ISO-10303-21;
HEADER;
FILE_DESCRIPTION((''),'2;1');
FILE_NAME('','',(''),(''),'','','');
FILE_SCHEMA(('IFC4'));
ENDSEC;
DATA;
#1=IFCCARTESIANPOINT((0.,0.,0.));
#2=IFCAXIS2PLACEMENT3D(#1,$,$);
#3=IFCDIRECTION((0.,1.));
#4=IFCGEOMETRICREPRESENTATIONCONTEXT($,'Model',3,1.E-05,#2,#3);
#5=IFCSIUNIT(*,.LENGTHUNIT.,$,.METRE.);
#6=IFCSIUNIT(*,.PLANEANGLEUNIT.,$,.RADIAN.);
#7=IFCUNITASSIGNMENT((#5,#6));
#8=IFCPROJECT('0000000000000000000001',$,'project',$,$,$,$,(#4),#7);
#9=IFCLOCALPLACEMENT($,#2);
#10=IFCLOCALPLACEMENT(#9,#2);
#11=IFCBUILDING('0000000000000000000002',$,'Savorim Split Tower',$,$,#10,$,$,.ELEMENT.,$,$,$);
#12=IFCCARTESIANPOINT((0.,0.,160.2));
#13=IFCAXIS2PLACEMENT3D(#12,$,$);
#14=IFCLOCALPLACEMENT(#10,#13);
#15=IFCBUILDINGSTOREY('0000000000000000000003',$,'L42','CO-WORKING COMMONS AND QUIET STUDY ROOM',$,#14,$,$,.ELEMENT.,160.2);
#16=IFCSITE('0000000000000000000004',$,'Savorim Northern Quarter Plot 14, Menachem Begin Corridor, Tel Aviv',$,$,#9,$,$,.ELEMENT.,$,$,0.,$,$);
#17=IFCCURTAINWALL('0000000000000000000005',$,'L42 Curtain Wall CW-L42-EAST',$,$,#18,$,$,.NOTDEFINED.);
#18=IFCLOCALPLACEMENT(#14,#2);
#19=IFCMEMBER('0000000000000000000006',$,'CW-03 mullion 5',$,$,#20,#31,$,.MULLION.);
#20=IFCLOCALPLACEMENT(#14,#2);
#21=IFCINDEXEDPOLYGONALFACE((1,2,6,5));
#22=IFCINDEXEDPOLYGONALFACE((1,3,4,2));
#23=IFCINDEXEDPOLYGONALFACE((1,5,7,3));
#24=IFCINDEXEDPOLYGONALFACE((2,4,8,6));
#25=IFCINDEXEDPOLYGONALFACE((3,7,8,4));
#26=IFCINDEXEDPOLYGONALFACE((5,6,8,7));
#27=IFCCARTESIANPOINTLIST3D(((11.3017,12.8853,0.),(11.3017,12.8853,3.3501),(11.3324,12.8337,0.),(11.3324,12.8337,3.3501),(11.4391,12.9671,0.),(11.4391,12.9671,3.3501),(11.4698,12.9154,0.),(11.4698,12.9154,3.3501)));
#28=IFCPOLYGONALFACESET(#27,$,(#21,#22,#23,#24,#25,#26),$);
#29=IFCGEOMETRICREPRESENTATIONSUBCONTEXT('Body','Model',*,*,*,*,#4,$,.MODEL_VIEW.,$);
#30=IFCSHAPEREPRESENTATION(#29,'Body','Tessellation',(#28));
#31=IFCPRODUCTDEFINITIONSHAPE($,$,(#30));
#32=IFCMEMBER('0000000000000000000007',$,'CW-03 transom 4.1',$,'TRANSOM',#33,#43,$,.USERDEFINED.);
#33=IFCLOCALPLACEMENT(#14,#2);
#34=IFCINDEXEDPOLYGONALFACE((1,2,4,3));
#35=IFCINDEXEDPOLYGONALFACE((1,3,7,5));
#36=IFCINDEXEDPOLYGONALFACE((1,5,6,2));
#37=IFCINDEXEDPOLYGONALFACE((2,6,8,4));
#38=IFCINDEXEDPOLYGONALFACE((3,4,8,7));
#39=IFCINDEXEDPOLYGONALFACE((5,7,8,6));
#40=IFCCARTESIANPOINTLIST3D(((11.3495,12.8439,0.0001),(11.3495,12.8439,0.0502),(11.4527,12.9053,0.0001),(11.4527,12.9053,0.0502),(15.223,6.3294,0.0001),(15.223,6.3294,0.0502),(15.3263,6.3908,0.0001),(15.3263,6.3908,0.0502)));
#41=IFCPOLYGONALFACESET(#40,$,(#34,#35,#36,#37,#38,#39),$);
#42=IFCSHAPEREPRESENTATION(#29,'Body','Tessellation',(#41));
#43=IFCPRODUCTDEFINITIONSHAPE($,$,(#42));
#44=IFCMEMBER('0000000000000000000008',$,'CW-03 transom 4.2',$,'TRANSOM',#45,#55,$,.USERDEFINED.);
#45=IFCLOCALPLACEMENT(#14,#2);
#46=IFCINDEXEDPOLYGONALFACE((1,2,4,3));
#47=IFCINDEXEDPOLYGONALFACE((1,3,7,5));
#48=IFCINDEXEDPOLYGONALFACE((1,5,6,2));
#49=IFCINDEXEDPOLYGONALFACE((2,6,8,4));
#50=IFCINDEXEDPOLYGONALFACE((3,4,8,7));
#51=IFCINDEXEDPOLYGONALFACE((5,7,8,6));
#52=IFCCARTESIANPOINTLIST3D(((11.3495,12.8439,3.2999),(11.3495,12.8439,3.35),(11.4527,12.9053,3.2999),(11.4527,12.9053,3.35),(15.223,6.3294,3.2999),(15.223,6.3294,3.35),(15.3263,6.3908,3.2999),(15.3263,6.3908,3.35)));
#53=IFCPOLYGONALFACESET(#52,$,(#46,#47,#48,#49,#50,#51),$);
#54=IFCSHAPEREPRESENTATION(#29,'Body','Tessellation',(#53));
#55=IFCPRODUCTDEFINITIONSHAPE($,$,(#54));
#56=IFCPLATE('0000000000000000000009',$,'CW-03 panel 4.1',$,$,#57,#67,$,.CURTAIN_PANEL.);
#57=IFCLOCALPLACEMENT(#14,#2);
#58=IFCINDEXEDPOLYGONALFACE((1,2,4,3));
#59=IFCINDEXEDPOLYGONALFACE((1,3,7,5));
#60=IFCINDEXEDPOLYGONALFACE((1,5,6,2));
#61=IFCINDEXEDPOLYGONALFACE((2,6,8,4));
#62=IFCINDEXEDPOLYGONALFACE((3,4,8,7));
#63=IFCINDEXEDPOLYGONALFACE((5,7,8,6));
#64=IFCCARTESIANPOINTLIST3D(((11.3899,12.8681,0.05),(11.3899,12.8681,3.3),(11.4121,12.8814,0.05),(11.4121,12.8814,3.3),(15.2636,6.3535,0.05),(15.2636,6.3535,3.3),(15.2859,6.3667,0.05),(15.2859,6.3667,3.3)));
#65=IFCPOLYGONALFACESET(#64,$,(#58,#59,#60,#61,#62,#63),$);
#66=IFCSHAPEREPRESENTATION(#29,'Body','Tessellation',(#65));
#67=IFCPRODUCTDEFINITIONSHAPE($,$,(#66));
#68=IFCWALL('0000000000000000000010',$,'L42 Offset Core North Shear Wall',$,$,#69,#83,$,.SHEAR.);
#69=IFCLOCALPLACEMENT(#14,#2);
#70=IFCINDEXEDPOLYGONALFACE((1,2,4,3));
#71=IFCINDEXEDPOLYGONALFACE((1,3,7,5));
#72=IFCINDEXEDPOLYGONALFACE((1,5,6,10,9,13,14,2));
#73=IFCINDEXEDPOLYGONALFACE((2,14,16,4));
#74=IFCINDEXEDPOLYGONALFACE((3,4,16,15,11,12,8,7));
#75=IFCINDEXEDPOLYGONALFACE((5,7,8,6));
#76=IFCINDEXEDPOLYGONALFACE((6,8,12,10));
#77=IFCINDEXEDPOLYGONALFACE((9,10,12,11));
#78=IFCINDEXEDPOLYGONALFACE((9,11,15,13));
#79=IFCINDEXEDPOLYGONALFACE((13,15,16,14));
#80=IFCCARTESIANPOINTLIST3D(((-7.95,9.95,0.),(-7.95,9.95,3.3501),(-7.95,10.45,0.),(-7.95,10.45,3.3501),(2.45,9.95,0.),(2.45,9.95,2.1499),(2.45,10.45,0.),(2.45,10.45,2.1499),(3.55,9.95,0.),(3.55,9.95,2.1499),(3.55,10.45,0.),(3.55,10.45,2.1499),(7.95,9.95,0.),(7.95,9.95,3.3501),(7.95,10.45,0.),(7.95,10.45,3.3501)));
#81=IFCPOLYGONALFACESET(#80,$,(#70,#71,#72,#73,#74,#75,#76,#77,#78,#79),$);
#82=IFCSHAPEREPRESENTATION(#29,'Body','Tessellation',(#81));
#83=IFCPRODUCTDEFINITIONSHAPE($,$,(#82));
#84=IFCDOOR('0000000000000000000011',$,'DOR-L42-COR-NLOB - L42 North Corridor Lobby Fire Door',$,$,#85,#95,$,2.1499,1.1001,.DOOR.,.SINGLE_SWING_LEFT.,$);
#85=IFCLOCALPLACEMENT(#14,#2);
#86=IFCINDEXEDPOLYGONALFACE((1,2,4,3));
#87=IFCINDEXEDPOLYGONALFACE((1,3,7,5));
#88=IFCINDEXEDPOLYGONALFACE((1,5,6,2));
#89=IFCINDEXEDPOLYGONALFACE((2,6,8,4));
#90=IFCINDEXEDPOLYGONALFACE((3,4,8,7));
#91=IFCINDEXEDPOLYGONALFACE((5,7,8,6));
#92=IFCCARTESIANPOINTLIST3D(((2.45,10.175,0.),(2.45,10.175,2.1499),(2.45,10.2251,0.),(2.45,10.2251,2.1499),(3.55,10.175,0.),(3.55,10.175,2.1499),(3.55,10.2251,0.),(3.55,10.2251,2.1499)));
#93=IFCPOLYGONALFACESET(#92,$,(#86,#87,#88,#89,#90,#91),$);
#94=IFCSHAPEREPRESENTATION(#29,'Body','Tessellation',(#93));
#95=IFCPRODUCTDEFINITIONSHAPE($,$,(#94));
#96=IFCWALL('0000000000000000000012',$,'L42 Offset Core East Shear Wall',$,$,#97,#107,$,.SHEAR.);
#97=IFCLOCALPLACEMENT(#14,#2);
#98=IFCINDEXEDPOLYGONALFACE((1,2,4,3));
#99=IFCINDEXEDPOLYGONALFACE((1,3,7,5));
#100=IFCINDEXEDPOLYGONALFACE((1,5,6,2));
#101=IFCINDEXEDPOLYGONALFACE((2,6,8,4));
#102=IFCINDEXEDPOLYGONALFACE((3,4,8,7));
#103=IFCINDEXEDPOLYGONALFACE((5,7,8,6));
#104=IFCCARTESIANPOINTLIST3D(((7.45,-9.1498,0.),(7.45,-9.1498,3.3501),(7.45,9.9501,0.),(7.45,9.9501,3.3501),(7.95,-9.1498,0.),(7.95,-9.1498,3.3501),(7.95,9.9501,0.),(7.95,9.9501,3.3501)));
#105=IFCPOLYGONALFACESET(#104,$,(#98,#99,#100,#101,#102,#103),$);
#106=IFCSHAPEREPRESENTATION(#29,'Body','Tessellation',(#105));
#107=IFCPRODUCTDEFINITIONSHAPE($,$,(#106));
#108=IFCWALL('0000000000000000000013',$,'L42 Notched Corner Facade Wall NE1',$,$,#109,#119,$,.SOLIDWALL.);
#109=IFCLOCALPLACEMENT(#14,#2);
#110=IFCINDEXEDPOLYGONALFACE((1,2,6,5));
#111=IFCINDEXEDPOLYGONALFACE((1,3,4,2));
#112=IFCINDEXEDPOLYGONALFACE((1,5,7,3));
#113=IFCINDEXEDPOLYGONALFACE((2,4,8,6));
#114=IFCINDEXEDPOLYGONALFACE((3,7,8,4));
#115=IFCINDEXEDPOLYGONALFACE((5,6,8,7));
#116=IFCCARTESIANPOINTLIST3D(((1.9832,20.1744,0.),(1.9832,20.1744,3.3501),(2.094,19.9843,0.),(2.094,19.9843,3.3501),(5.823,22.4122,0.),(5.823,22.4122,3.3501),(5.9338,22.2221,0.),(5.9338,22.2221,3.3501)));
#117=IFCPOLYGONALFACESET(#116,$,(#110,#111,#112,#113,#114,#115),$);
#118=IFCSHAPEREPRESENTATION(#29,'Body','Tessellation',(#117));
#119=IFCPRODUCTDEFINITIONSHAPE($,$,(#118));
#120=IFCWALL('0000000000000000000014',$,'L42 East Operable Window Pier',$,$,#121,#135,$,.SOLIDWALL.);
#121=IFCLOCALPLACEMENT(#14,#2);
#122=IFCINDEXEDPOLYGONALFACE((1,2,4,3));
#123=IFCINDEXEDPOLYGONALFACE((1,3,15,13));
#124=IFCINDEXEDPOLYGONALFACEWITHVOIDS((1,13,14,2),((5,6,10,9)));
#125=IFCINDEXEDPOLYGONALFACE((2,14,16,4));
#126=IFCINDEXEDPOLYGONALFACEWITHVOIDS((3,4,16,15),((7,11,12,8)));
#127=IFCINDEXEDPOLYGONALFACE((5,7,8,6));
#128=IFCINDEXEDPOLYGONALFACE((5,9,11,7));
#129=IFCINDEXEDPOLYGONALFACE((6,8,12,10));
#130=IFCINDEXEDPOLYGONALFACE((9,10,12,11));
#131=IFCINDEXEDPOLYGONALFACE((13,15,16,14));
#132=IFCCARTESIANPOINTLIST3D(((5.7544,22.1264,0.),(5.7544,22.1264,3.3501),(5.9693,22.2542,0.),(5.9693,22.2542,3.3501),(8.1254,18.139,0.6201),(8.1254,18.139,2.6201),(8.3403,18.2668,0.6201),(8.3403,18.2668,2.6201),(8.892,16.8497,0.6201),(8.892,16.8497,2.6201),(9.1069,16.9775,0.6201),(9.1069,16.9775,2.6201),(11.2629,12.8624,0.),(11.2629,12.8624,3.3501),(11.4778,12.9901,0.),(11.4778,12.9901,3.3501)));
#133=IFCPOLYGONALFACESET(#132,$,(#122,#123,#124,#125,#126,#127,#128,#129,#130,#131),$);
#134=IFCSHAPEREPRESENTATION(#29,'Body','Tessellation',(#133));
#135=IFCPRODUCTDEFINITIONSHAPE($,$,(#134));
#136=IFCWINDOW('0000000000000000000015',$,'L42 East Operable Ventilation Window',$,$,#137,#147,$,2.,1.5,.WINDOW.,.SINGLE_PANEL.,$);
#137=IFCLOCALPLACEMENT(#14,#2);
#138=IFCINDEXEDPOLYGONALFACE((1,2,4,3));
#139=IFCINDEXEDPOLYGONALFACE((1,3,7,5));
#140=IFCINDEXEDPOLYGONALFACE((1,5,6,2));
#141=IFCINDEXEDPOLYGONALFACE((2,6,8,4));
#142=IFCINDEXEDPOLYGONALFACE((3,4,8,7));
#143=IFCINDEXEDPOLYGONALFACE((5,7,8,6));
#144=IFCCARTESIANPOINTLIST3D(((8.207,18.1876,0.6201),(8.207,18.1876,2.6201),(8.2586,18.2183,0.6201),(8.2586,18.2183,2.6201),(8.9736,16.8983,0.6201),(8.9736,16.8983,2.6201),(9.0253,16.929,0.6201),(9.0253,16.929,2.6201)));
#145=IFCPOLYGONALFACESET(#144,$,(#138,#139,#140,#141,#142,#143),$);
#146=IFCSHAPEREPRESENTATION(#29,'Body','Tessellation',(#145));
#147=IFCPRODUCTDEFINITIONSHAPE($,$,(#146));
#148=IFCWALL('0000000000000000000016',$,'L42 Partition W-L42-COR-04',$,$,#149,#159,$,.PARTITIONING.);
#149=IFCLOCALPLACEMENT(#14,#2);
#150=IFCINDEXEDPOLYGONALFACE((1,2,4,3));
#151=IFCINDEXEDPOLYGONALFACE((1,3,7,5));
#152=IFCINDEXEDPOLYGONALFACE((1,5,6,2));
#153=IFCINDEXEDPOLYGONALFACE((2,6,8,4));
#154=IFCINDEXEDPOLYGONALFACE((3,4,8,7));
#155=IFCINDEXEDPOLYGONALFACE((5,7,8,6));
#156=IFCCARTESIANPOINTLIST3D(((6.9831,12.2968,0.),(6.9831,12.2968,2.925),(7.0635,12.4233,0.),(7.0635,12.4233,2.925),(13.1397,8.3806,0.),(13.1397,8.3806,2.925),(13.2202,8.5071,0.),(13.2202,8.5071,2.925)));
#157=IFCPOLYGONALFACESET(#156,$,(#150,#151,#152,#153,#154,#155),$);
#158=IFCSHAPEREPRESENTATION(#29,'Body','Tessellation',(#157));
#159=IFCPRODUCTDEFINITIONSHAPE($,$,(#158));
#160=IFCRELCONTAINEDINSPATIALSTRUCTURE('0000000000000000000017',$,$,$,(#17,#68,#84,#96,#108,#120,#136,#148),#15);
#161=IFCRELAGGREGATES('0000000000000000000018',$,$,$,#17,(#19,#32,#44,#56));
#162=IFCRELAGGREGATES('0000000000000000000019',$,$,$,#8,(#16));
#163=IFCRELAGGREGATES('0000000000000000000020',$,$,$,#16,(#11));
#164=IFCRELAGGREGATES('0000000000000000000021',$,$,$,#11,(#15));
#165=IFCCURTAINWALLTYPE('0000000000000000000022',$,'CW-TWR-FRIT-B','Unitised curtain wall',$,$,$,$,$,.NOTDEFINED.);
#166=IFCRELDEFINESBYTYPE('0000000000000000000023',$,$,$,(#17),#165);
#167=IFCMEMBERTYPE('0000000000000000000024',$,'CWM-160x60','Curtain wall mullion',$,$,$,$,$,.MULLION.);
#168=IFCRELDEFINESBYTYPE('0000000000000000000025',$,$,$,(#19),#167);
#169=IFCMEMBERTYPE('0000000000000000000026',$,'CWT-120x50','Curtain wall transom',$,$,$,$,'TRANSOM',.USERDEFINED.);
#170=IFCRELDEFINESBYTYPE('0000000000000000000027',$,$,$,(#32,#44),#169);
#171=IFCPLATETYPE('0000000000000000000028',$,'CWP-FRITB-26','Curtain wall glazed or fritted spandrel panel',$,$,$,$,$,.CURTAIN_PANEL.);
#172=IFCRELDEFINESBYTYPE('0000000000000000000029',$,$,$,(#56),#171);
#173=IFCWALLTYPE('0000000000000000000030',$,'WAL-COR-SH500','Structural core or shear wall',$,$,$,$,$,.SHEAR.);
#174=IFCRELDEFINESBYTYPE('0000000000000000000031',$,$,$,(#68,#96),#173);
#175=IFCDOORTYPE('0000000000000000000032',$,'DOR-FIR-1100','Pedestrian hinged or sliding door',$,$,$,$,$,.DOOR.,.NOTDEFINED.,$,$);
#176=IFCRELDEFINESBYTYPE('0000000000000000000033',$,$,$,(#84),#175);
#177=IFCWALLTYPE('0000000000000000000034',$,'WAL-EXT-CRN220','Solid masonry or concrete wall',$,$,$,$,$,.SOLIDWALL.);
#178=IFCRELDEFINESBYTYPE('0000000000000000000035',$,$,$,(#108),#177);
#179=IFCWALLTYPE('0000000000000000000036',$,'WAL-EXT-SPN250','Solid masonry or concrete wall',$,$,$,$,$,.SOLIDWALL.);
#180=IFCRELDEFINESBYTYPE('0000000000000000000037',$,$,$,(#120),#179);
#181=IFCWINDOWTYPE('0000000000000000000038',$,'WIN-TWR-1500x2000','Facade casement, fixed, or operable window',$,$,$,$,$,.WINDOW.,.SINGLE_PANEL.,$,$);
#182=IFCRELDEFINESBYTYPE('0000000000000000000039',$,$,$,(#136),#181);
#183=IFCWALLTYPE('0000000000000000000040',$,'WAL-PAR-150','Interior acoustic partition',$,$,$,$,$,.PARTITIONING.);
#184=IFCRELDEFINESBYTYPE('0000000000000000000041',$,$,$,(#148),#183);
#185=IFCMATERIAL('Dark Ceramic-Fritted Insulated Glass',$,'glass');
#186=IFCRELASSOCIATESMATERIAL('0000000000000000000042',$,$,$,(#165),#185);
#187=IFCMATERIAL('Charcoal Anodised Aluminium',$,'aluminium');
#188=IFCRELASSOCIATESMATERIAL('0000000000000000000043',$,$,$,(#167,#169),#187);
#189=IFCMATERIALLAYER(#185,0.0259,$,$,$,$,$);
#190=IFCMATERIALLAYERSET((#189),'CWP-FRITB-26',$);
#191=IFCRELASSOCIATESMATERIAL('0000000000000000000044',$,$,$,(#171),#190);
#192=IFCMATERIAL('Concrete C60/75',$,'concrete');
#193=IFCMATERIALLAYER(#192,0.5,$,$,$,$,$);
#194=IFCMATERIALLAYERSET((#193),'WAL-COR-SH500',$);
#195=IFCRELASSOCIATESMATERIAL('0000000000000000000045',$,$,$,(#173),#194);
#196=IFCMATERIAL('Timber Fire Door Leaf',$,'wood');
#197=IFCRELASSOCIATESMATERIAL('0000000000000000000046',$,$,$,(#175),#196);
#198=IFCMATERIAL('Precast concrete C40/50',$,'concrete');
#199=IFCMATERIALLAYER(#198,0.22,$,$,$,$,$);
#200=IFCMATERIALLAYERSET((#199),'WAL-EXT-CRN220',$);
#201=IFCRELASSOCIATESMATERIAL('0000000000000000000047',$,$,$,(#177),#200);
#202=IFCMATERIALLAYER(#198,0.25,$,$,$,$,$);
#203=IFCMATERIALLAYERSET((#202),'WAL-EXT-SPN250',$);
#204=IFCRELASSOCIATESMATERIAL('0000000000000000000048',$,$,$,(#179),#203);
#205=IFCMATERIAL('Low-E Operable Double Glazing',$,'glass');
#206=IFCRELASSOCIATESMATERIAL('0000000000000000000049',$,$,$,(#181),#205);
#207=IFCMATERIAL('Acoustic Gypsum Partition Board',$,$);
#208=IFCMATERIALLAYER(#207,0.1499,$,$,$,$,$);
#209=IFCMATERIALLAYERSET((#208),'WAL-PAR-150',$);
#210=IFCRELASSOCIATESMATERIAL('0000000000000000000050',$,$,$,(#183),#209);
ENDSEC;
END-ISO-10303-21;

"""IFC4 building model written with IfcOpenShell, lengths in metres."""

from ifc_helpers import new_model, si_unit, direction, frame, frame_2d, origin, origin_2d, place, context, subcontext, project, spatial, rectangle, extrude, material, layer, layer_set, material_profile, profile_set, type_object, element, fill, aggregate, save


model = new_model("IFC4")

# Units and contexts
model_context = context("Model", 3, precision=1e-05, world=origin(), true_north=direction((0.0, 1.0)))
body_context = subcontext(model_context, "Body", "Model", "MODEL_VIEW")
ifc_project = project(units=[si_unit("LENGTHUNIT", "METRE"), si_unit("PLANEANGLEUNIT", "RADIAN")], contexts=[model_context])

# Site, building, storey
site_placement = place(None, origin())
site = spatial("IfcSite", under=ifc_project, at=site_placement, Name="Savorim Northern Quarter Plot 14, Menachem Begin Corridor, Tel Aviv", CompositionType="ELEMENT", RefElevation=0.0)
building_placement = place(site_placement, origin())
building = spatial("IfcBuilding", under=site, at=building_placement, Name="Savorim Split Tower", CompositionType="ELEMENT")
storey_placement = place(building_placement, frame((0.0, 0.0, 160.2)))
storey = spatial("IfcBuildingStorey", under=building, at=storey_placement, Name="L42", Description="CO-WORKING COMMONS AND QUIET STUDY ROOM", CompositionType="ELEMENT", Elevation=160.2)

# Curtain wall, members, plate
ifc_material_1 = material(Name="Dark Ceramic-Fritted Insulated Glass", Category="glass")
curtain_wall_type = type_object("IfcCurtainWallType", Name="CW-TWR-FRIT-B", Description="Unitised curtain wall", PredefinedType="NOTDEFINED", material=ifc_material_1)
curtain_wall_placement = place(storey_placement, origin())
curtain_wall = element("IfcCurtainWall", 1, at=curtain_wall_placement, inside=storey, type_object=curtain_wall_type, Name="L42 Curtain Wall CW-L42-EAST", PredefinedType="NOTDEFINED")
ifc_material_2 = material(Name="Charcoal Anodised Aluminium", Category="aluminium")
ifc_material_profile_1 = material_profile(ifc_material_2, rectangle(XDim=0.1599, YDim=0.0601, at=origin_2d()), Name="ALU-M 160x60")
ifc_profile_set_1 = profile_set([ifc_material_profile_1], Name="Charcoal Anodised Aluminium")
member_type_1 = type_object("IfcMemberType", Name="CWM-160x60", Description="Curtain wall mullion", PredefinedType="MULLION", material=ifc_profile_set_1)
member_1_placement = place(storey_placement, frame((11.3857, 12.9004, 0.0), z_axis=(0.0, 0.0, 1.0), x_axis=(-0.859526, -0.511091, 0.0)))
member_1 = element("IfcMember", 2, at=member_1_placement, type_object=member_type_1, Name="CW-03 mullion 5", PredefinedType="MULLION", context=body_context, shape_type="SweptSolid", body=[
    extrude(rectangle(XDim=0.1599, YDim=0.0601, at=origin_2d()), origin(), (0.0, 0.0, 1.0), 3.3501),
])
ifc_material_profile_2 = material_profile(ifc_material_2, rectangle(XDim=0.1201, YDim=0.05, at=origin_2d()), Name="ALU-T 120x50")
ifc_profile_set_2 = profile_set([ifc_material_profile_2], Name="Charcoal Anodised Aluminium")
member_type_2 = type_object("IfcMemberType", Name="CWT-120x50", Description="Curtain wall transom", ElementType="TRANSOM", PredefinedType="USERDEFINED", material=ifc_profile_set_2)
member_2_placement = place(storey_placement, frame((15.2747, 6.3601, 0.0251), z_axis=(-0.511086, 0.85953, 0.0), x_axis=(-0.85953, -0.511086, 0.0)))
member_2 = element("IfcMember", 3, at=member_2_placement, type_object=member_type_2, Name="CW-03 transom 4.1", ObjectType="TRANSOM", PredefinedType="USERDEFINED", context=body_context, shape_type="SweptSolid", body=[
    extrude(rectangle(XDim=0.1201, YDim=0.05, at=origin_2d()), origin(), (0.0, 0.0, 1.0), 7.5791),
])
member_3_placement = place(storey_placement, frame((15.2747, 6.3601, 3.325), z_axis=(-0.511086, 0.85953, 0.0), x_axis=(-0.85953, -0.511086, 0.0)))
member_3 = element("IfcMember", 4, at=member_3_placement, type_object=member_type_2, Name="CW-03 transom 4.2", ObjectType="TRANSOM", PredefinedType="USERDEFINED", context=body_context, shape_type="SweptSolid", body=[
    extrude(rectangle(XDim=0.1201, YDim=0.05, at=origin_2d()), origin(), (0.0, 0.0, 1.0), 7.5791),
])
ifc_layer_1 = layer(ifc_material_1, 0.0259)
ifc_layer_set_1 = layer_set([ifc_layer_1], Name="CWP-FRITB-26")
plate_type = type_object("IfcPlateType", Name="CWP-FRITB-26", Description="Curtain wall glazed or fritted spandrel panel", PredefinedType="CURTAIN_PANEL", material=ifc_layer_set_1)
plate_placement = place(storey_placement, frame((13.3379, 9.6174, 0.05), z_axis=(0.0, 0.0, 1.0), x_axis=(-0.511091, 0.859526, 0.0)))
plate = element("IfcPlate", 5, at=plate_placement, type_object=plate_type, Name="CW-03 panel 4.1", PredefinedType="CURTAIN_PANEL", context=body_context, shape_type="SweptSolid", body=[
    extrude(rectangle(XDim=7.5793, YDim=0.0259, at=origin_2d()), origin(), (0.0, 0.0, 1.0), 3.25),
])
aggregate(curtain_wall, [member_1, member_2, member_3, plate])

# Wall, opening, door
ifc_material_3 = material(Name="Concrete C60/75", Category="concrete")
ifc_layer_2 = layer(ifc_material_3, 0.5)
ifc_layer_set_2 = layer_set([ifc_layer_2], Name="WAL-COR-SH500")
wall_type_1 = type_object("IfcWallType", Name="WAL-COR-SH500", Description="Structural core or shear wall", PredefinedType="SHEAR", material=ifc_layer_set_2)
wall_1_placement = place(storey_placement, frame((7.95, 10.2, 0.0), z_axis=(0.0, 0.0, 1.0), x_axis=(-1.0, 0.0, 0.0)))
wall_1 = element("IfcWall", 6, at=wall_1_placement, inside=storey, type_object=wall_type_1, Name="L42 Offset Core North Shear Wall", PredefinedType="SHEAR", context=body_context, shape_type="SweptSolid", body=[
    extrude(rectangle(XDim=15.8999, YDim=0.5, at=frame_2d((7.95, 0.0))), origin(), (0.0, 0.0, 1.0), 3.3501),
])
opening_1_placement = place(wall_1_placement, frame((4.3999, 0.0, 0.0)))
opening_1 = element("IfcOpeningElement", 7, at=opening_1_placement, cuts=wall_1, PredefinedType="OPENING", context=body_context, shape_type="SweptSolid", body=[
    extrude(rectangle(XDim=1.1001, YDim=2.1499, at=frame_2d((0.55, 1.075))), frame((0.0, 0.26, 0.0), z_axis=(0.0, -1.0, 0.0), x_axis=(1.0, 0.0, 0.0)), (0.0, 0.0, 1.0), 0.52),
])
ifc_material_4 = material(Name="Timber Fire Door Leaf", Category="wood")
door_type_1 = type_object("IfcDoorType", Name="DOR-FIR-1100", Description="Pedestrian hinged or sliding door", OperationType="NOTDEFINED", PredefinedType="DOOR", material=ifc_material_4)
door_1_placement = place(opening_1_placement, origin())
door_1 = element("IfcDoor", 8, at=door_1_placement, inside=storey, type_object=door_type_1, Name="DOR-L42-COR-NLOB - L42 North Corridor Lobby Fire Door", OperationType="SINGLE_SWING_LEFT", OverallHeight=2.1499, OverallWidth=1.1001, PredefinedType="DOOR", context=body_context, shape_type="SweptSolid", body=[
    extrude(rectangle(XDim=1.1001, YDim=2.1499, at=frame_2d((0.55, 1.075))), frame((0.0, 0.0249, 0.0), z_axis=(0.0, -1.0, 0.0), x_axis=(1.0, 0.0, 0.0)), (0.0, 0.0, 1.0), 0.05),
])
fill(opening_1, door_1)

# Walls
wall_2_placement = place(storey_placement, frame((7.7, 9.95, 0.0), z_axis=(0.0, 0.0, 1.0), x_axis=(0.0, -1.0, 0.0)))
element("IfcWall", 9, at=wall_2_placement, inside=storey, type_object=wall_type_1, Name="L42 Offset Core East Shear Wall", PredefinedType="SHEAR", context=body_context, shape_type="SweptSolid", body=[
    extrude(rectangle(XDim=19.0999, YDim=0.5, at=frame_2d((9.5498, 0.0))), origin(), (0.0, 0.0, 1.0), 3.3501),
])
ifc_material_5 = material(Name="Precast concrete C40/50", Category="concrete")
ifc_layer_3 = layer(ifc_material_5, 0.22)
ifc_layer_set_3 = layer_set([ifc_layer_3], Name="WAL-EXT-CRN220")
wall_type_2 = type_object("IfcWallType", Name="WAL-EXT-CRN220", Description="Solid masonry or concrete wall", PredefinedType="SOLIDWALL", material=ifc_layer_set_3)
wall_3_placement = place(storey_placement, frame((2.0386, 20.0793, 0.0), z_axis=(0.0, 0.0, 1.0), x_axis=(0.863986, 0.503516, 0.0)))
element("IfcWall", 10, at=wall_3_placement, inside=storey, type_object=wall_type_2, Name="L42 Notched Corner Facade Wall NE1", PredefinedType="SOLIDWALL", context=body_context, shape_type="SweptSolid", body=[
    extrude(rectangle(XDim=4.4443, YDim=0.22, at=frame_2d((2.2222, 0.0))), origin(), (0.0, 0.0, 1.0), 3.3501),
])

# Wall, opening, window
ifc_layer_4 = layer(ifc_material_5, 0.25)
ifc_layer_set_4 = layer_set([ifc_layer_4], Name="WAL-EXT-SPN250")
wall_type_3 = type_object("IfcWallType", Name="WAL-EXT-SPN250", Description="Solid masonry or concrete wall", PredefinedType="SOLIDWALL", material=ifc_layer_set_4)
wall_4_placement = place(storey_placement, frame((5.8618, 22.1904, 0.0), z_axis=(0.0, 0.0, 1.0), x_axis=(0.511084, -0.859531, 0.0)))
wall_4 = element("IfcWall", 11, at=wall_4_placement, inside=storey, type_object=wall_type_3, Name="L42 East Operable Window Pier", PredefinedType="SOLIDWALL", context=body_context, shape_type="SweptSolid", body=[
    extrude(rectangle(XDim=10.7781, YDim=0.25, at=frame_2d((5.3892, 0.0))), origin(), (0.0, 0.0, 1.0), 3.3501),
])
opening_2_placement = place(wall_4_placement, frame((4.6392, 0.0, 0.6201)))
opening_2 = element("IfcOpeningElement", 12, at=opening_2_placement, cuts=wall_4, PredefinedType="OPENING", context=body_context, shape_type="SweptSolid", body=[
    extrude(rectangle(XDim=1.5, YDim=2.0, at=frame_2d((0.75, 1.0))), frame((0.0, 0.135, 0.0), z_axis=(0.0, -1.0, 0.0), x_axis=(1.0, 0.0, 0.0)), (0.0, 0.0, 1.0), 0.27),
])
ifc_material_6 = material(Name="Low-E Operable Double Glazing", Category="glass")
window_type = type_object("IfcWindowType", Name="WIN-TWR-1500x2000", Description="Facade casement, fixed, or operable window", PartitioningType="SINGLE_PANEL", PredefinedType="WINDOW", material=ifc_material_6)
window_placement = place(opening_2_placement, origin())
window = element("IfcWindow", 13, at=window_placement, inside=storey, type_object=window_type, Name="L42 East Operable Ventilation Window", OverallHeight=2.0, OverallWidth=1.5, PartitioningType="SINGLE_PANEL", PredefinedType="WINDOW", context=body_context, shape_type="SweptSolid", body=[
    extrude(rectangle(XDim=1.5, YDim=2.0, at=frame_2d((0.75, 1.0))), frame((0.0, 0.03, 0.0), z_axis=(0.0, -1.0, 0.0), x_axis=(1.0, 0.0, 0.0)), (0.0, 0.0, 1.0), 0.0601),
])
fill(opening_2, window)

# Wall
ifc_material_7 = material(Name="Acoustic Gypsum Partition Board")
ifc_layer_5 = layer(ifc_material_7, 0.1499)
ifc_layer_set_5 = layer_set([ifc_layer_5], Name="WAL-PAR-150")
wall_type_4 = type_object("IfcWallType", Name="WAL-PAR-150", Description="Interior acoustic partition", PredefinedType="PARTITIONING", material=ifc_layer_set_5)
wall_5_placement = place(storey_placement, frame((7.0232, 12.3601, 0.0), z_axis=(0.0, 0.0, 1.0), x_axis=(0.843765, -0.536713, 0.0)))
element("IfcWall", 14, at=wall_5_placement, inside=storey, type_object=wall_type_4, Name="L42 Partition W-L42-COR-04", PredefinedType="PARTITIONING", context=body_context, shape_type="SweptSolid", body=[
    extrude(rectangle(XDim=7.2966, YDim=0.1499, at=frame_2d((3.6484, 0.0))), origin(), (0.0, 0.0, 1.0), 2.925),
])

save(model, "model.ifc")
